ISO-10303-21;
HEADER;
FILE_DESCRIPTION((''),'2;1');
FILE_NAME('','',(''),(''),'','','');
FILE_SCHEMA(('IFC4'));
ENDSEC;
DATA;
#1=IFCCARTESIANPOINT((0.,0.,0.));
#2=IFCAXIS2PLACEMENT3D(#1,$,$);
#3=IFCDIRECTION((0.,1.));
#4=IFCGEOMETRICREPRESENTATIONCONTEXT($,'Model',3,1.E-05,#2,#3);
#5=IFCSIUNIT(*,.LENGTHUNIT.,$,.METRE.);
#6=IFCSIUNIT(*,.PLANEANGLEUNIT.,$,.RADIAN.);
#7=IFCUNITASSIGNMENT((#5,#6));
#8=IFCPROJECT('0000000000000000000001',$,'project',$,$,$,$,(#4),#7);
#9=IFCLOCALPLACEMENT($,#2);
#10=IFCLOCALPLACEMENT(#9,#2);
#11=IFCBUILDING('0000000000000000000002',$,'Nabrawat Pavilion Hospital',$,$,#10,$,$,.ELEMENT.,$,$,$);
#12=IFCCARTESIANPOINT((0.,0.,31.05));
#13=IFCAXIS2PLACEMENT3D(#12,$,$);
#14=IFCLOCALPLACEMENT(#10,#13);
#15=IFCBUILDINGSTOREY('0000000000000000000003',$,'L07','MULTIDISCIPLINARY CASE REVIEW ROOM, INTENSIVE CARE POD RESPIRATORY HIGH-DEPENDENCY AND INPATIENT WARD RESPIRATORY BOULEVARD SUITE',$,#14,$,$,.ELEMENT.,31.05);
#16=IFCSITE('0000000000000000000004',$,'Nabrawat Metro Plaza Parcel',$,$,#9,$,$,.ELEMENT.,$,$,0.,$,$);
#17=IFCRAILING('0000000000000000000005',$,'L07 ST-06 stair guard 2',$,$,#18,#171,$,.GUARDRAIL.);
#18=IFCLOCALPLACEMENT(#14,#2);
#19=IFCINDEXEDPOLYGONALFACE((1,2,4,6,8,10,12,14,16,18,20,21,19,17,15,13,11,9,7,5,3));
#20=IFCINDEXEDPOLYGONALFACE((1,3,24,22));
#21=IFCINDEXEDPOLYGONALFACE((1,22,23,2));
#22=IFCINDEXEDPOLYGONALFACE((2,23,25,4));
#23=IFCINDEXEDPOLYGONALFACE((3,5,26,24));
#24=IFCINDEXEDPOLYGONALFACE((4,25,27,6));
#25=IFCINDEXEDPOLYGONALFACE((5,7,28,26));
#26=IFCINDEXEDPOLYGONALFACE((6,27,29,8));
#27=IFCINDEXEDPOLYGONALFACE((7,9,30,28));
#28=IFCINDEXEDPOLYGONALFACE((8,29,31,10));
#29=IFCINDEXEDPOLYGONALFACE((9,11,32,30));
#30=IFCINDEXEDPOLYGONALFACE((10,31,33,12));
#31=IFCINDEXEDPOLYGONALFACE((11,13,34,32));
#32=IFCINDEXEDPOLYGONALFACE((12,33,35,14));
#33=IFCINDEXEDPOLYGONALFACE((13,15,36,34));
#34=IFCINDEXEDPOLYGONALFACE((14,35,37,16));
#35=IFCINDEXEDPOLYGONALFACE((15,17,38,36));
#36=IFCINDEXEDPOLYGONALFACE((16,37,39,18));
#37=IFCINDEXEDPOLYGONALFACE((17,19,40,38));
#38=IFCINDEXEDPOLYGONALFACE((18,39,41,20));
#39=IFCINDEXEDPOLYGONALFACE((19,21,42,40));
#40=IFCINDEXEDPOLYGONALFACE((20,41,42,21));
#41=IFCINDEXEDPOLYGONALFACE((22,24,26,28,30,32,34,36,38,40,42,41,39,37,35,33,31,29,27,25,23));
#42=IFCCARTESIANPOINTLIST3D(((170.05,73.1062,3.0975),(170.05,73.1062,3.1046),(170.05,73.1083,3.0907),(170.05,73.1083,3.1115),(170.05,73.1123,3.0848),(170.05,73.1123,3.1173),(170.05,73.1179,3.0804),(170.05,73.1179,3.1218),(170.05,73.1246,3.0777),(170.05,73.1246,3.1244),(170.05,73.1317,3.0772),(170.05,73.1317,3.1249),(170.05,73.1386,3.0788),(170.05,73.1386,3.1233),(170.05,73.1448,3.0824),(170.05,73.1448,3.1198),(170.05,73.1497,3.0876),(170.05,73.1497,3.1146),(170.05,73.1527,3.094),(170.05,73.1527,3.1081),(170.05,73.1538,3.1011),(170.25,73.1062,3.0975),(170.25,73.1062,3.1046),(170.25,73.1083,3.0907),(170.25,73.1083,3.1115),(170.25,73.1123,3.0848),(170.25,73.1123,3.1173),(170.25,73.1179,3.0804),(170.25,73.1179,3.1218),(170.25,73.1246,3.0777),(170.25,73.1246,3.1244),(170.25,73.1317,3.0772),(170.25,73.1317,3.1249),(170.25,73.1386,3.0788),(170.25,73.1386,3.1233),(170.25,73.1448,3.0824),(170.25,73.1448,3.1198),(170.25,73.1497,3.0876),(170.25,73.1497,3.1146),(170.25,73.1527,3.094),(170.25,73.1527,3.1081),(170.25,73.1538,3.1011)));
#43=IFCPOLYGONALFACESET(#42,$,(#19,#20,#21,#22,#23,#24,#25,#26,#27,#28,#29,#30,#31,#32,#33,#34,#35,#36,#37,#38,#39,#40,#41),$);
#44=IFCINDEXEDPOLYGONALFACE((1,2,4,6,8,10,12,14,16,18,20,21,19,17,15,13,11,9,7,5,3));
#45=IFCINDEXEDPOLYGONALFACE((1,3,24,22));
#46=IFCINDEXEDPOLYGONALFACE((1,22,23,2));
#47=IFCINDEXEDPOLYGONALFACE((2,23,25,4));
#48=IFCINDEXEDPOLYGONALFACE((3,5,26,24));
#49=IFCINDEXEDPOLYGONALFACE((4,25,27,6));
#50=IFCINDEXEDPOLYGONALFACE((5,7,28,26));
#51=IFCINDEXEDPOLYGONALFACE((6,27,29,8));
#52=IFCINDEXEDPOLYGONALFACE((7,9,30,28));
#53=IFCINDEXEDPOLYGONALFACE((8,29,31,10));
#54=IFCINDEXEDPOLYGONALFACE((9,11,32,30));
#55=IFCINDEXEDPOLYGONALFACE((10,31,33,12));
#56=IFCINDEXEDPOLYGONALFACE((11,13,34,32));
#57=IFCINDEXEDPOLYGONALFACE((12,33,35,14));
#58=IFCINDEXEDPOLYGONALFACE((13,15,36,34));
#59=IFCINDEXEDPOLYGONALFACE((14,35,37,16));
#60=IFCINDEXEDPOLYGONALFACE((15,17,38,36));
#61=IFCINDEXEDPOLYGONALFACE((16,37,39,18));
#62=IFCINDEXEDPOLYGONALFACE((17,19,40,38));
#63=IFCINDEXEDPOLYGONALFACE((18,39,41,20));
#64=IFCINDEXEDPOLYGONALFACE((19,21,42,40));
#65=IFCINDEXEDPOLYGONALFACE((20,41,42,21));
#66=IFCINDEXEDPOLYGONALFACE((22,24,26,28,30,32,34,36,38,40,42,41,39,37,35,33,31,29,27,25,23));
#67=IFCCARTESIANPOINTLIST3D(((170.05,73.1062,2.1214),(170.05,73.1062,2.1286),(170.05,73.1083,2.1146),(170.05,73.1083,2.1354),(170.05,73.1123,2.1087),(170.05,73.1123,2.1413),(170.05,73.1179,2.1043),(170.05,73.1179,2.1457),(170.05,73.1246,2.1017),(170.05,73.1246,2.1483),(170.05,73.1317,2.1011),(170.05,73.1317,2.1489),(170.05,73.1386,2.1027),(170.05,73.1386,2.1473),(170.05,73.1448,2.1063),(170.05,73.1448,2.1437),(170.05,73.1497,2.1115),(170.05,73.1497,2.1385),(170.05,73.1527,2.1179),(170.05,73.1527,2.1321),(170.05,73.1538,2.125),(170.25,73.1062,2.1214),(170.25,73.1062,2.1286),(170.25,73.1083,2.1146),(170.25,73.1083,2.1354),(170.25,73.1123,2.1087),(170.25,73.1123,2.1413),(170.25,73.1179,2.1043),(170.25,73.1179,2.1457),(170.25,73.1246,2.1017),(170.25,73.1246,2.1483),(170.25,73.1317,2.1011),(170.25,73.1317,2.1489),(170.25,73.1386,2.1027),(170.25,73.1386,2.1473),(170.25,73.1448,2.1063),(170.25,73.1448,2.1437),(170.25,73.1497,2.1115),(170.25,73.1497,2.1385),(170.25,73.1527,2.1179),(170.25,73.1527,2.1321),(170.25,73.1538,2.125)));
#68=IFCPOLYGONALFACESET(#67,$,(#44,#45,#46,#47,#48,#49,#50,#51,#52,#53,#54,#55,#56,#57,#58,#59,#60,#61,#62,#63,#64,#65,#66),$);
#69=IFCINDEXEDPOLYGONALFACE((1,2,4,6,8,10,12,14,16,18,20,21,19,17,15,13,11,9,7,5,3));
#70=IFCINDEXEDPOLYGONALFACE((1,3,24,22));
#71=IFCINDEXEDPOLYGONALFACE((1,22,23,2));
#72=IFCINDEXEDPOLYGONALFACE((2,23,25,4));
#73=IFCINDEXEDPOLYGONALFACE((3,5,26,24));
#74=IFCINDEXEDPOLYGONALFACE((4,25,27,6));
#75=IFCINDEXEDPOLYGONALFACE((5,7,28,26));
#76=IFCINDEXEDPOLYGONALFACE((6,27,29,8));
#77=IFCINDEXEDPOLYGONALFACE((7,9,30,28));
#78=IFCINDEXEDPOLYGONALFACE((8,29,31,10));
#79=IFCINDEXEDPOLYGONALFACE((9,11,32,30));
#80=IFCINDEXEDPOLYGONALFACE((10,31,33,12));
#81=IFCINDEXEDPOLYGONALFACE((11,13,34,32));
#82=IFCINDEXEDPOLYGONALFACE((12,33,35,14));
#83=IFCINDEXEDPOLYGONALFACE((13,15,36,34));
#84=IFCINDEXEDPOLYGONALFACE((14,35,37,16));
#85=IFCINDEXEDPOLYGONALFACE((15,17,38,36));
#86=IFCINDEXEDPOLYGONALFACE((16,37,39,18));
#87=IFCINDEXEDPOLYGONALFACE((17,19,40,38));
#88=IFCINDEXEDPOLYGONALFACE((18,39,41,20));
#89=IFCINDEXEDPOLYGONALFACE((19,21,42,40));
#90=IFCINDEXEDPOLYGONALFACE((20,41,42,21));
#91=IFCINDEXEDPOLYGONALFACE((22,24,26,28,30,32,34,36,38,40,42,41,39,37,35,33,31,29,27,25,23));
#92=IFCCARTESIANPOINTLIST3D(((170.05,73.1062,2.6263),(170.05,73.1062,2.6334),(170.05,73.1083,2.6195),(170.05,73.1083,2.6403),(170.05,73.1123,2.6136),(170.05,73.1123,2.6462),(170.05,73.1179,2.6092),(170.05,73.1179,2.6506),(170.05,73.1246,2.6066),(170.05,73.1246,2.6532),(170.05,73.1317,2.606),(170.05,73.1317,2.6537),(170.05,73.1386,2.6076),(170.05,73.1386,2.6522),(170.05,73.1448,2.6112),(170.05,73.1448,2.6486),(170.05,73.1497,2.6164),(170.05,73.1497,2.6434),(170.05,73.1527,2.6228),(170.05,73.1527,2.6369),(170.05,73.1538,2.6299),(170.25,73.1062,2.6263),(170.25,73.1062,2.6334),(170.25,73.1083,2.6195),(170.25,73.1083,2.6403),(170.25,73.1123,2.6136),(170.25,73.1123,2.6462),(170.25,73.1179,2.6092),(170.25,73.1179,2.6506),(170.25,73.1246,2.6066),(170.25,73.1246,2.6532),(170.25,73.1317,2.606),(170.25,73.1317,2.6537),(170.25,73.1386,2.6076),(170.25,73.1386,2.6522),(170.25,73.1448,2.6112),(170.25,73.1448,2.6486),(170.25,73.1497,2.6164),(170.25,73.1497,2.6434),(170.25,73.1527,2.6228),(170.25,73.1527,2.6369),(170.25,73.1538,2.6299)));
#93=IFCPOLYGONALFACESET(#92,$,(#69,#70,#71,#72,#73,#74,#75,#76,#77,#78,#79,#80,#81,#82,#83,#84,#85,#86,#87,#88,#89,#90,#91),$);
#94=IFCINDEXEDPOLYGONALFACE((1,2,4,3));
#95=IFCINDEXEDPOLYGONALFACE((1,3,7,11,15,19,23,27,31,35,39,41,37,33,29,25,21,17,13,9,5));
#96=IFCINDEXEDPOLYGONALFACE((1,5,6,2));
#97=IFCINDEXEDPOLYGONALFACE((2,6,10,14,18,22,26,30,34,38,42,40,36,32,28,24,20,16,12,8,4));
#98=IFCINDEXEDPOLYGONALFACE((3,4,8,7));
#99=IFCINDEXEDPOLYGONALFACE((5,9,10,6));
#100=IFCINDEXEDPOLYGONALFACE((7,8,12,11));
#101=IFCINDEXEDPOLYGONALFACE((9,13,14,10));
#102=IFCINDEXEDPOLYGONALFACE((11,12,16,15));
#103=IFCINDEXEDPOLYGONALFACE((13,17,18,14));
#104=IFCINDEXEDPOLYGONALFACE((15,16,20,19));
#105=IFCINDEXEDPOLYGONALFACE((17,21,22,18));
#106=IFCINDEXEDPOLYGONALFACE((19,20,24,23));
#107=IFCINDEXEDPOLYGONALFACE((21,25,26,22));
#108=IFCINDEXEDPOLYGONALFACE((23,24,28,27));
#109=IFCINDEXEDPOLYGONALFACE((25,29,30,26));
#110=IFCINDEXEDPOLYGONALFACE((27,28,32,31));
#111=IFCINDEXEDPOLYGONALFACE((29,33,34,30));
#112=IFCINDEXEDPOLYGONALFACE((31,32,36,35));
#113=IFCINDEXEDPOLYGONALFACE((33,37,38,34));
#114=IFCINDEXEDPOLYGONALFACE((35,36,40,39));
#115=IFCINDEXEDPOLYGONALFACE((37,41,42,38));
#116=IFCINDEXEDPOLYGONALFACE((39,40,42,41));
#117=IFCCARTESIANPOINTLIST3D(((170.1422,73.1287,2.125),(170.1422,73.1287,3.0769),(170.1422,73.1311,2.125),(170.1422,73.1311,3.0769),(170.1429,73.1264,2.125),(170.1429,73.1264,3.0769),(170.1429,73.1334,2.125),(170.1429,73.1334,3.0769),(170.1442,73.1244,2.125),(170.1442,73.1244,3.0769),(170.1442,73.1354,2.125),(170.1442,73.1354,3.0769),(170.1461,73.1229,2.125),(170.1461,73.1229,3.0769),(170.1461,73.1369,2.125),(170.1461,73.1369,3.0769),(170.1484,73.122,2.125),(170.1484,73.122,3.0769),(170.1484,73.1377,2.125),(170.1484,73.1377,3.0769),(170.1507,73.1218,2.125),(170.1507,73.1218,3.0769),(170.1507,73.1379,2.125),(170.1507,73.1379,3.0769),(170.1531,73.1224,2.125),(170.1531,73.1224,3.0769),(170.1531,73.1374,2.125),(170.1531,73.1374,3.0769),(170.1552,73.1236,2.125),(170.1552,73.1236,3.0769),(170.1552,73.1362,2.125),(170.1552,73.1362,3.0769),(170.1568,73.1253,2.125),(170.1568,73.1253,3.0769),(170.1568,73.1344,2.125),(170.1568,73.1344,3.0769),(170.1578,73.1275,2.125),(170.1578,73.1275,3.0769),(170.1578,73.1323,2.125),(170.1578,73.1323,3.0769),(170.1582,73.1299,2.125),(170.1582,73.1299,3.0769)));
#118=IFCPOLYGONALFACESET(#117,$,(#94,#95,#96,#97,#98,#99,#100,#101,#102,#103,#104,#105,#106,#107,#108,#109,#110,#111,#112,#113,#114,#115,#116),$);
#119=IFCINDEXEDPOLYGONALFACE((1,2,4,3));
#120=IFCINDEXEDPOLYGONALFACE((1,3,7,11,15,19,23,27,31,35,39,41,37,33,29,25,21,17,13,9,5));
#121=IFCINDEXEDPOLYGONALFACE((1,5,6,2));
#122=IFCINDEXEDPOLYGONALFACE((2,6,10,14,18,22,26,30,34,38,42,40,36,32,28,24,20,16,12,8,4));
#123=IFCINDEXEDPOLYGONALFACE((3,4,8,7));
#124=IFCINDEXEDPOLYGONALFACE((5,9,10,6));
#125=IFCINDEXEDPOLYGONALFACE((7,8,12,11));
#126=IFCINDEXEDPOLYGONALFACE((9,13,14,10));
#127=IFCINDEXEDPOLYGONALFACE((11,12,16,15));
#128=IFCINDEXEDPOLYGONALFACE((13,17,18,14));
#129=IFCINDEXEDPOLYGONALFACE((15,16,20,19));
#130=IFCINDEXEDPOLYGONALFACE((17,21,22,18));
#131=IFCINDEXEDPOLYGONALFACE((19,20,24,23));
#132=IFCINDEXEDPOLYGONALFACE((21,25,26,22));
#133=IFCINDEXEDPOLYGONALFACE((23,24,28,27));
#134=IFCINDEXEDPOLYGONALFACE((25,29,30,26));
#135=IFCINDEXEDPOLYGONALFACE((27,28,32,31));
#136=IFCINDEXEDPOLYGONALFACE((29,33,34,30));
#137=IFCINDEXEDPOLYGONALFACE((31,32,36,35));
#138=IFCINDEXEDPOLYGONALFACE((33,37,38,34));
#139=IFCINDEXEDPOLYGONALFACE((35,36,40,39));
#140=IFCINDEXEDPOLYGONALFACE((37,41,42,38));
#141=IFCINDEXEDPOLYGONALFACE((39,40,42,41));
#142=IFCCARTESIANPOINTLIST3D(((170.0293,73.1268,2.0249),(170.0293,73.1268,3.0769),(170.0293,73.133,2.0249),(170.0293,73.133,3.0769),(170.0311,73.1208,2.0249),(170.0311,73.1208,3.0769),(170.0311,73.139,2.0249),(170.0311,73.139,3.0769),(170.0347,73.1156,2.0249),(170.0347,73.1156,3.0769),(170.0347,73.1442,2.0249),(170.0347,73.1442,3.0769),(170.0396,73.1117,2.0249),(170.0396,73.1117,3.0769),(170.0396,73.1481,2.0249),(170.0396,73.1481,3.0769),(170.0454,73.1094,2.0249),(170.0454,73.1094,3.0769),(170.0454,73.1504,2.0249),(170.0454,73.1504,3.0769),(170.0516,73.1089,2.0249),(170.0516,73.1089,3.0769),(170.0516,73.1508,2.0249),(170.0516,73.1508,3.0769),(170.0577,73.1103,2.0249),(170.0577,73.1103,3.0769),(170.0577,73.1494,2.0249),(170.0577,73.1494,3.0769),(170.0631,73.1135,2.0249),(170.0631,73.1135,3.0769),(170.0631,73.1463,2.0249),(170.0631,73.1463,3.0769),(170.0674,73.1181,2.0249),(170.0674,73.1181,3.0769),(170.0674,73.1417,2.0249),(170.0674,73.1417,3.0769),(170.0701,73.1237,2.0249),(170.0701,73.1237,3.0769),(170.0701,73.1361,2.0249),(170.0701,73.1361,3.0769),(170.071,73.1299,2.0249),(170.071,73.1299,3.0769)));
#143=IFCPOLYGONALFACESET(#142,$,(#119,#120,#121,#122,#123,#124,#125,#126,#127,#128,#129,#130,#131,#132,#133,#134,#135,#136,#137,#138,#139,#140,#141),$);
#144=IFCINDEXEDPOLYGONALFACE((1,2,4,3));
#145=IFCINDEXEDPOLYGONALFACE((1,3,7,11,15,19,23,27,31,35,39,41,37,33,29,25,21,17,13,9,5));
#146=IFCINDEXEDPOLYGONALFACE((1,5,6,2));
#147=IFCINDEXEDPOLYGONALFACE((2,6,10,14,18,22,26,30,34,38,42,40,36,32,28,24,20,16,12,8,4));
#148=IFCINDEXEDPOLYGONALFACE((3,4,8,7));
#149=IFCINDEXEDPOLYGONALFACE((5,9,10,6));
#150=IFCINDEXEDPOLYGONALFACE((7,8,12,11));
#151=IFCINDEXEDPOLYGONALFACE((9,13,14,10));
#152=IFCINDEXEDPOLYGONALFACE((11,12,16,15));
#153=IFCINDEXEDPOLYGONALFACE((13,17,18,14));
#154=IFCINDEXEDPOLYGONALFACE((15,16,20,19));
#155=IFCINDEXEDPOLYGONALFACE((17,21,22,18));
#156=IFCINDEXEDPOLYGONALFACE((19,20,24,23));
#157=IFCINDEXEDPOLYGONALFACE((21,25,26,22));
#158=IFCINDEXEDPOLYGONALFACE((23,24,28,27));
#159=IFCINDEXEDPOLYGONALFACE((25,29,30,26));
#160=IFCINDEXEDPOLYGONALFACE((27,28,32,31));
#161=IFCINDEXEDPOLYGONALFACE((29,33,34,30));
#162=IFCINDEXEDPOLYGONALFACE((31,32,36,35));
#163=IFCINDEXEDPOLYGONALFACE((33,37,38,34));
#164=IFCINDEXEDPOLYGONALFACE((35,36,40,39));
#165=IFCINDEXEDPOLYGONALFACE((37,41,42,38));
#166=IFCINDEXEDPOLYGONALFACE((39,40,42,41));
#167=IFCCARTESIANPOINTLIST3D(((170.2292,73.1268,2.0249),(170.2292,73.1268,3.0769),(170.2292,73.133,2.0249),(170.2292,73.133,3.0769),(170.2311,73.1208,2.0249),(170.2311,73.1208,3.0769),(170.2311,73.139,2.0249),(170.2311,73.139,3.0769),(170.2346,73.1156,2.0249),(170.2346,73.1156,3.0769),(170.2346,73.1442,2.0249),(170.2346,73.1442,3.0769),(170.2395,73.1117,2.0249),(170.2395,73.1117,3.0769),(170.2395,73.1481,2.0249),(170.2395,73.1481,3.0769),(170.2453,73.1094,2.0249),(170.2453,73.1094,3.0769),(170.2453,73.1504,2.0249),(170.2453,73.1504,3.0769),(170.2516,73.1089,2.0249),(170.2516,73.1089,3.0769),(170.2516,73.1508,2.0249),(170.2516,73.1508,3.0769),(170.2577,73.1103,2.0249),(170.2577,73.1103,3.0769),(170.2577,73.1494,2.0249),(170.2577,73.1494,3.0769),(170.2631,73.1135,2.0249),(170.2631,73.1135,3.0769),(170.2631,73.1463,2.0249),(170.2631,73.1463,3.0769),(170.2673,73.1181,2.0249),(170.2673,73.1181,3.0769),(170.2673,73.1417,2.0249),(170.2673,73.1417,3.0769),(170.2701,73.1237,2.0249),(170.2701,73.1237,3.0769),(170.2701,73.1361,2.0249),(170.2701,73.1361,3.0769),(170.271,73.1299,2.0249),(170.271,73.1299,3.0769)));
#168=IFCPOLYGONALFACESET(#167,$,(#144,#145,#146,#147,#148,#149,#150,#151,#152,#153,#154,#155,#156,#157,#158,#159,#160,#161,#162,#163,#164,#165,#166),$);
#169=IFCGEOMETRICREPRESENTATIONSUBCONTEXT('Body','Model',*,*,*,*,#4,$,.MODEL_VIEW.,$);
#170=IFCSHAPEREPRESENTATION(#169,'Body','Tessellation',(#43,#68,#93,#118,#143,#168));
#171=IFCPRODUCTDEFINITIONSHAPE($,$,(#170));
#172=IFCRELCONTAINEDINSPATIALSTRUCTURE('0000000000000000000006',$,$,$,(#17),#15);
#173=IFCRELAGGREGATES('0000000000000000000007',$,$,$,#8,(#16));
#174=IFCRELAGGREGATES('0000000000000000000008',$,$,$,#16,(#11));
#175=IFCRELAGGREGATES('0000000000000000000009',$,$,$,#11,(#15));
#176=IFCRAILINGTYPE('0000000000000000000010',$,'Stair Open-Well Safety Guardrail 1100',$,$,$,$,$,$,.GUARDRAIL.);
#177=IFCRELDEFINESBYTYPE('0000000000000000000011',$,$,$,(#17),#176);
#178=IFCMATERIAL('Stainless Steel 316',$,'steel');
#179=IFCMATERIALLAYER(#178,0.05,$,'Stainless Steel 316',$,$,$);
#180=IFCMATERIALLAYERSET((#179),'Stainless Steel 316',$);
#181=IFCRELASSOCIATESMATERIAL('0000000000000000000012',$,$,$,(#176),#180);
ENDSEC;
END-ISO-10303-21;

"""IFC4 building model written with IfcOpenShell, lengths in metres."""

from ifc_helpers import new_model, si_unit, direction, frame, origin, origin_2d, place, context, subcontext, project, spatial, circle, extrude, material, layer, layer_set, type_object, element, save


model = new_model("IFC4")

# Units and contexts
model_context = context("Model", 3, precision=1e-05, world=origin(), true_north=direction((0.0, 1.0)))
body_context = subcontext(model_context, "Body", "Model", "MODEL_VIEW")
ifc_project = project(units=[si_unit("LENGTHUNIT", "METRE"), si_unit("PLANEANGLEUNIT", "RADIAN")], contexts=[model_context])

# Site, building, storey
site_placement = place(None, origin())
site = spatial("IfcSite", under=ifc_project, at=site_placement, Name="Nabrawat Metro Plaza Parcel", CompositionType="ELEMENT", RefElevation=0.0)
building_placement = place(site_placement, origin())
building = spatial("IfcBuilding", under=site, at=building_placement, Name="Nabrawat Pavilion Hospital", CompositionType="ELEMENT")
storey_placement = place(building_placement, frame((0.0, 0.0, 31.05)))
storey = spatial("IfcBuildingStorey", under=building, at=storey_placement, Name="L07", Description="MULTIDISCIPLINARY CASE REVIEW ROOM, INTENSIVE CARE POD RESPIRATORY HIGH-DEPENDENCY AND INPATIENT WARD RESPIRATORY BOULEVARD SUITE", CompositionType="ELEMENT", Elevation=31.05)

# Railing
ifc_material_1 = material(Name="Stainless Steel 316", Category="steel")
ifc_layer_1 = layer(ifc_material_1, 0.05, Name="Stainless Steel 316")
ifc_layer_set_1 = layer_set([ifc_layer_1], Name="Stainless Steel 316")
railing_type_1 = type_object("IfcRailingType", Name="Stair Open-Well Safety Guardrail 1100", PredefinedType="GUARDRAIL", material=ifc_layer_set_1)
railing_1_placement = place(storey_placement, frame((170.05, 73.1299, 2.0249)))
element("IfcRailing", 1, at=railing_1_placement, inside=storey, type_object=railing_type_1, Name="L07 ST-06 stair guard 2", PredefinedType="GUARDRAIL", context=body_context, shape_type="SweptSolid", body=[
    extrude(circle(Radius=0.0239, at=origin_2d()), frame((0.0, 0.0, 1.0762), z_axis=(1.0, 0.0, 0.0), x_axis=(0.0, 1.0, 0.0)), (0.0, 0.0, 1.0), 0.2),
    extrude(circle(Radius=0.0239, at=origin_2d()), frame((0.0, 0.0, 0.1001), z_axis=(1.0, 0.0, 0.0), x_axis=(0.0, 1.0, 0.0)), (0.0, 0.0, 1.0), 0.2),
    extrude(circle(Radius=0.0239, at=origin_2d()), frame((0.0, 0.0, 0.605), z_axis=(1.0, 0.0, 0.0), x_axis=(0.0, 1.0, 0.0)), (0.0, 0.0, 1.0), 0.2),
    extrude(circle(Radius=0.0081, at=origin_2d()), frame((0.1001, 0.0, 0.1001)), (0.0, 0.0, 1.0), 0.9519),
    extrude(circle(Radius=0.021, at=origin_2d()), origin(), (0.0, 0.0, 1.0), 1.052),
    extrude(circle(Radius=0.021, at=origin_2d()), frame((0.2, 0.0, 0.0)), (0.0, 0.0, 1.0), 1.052),
])

save(model, "model.ifc")
